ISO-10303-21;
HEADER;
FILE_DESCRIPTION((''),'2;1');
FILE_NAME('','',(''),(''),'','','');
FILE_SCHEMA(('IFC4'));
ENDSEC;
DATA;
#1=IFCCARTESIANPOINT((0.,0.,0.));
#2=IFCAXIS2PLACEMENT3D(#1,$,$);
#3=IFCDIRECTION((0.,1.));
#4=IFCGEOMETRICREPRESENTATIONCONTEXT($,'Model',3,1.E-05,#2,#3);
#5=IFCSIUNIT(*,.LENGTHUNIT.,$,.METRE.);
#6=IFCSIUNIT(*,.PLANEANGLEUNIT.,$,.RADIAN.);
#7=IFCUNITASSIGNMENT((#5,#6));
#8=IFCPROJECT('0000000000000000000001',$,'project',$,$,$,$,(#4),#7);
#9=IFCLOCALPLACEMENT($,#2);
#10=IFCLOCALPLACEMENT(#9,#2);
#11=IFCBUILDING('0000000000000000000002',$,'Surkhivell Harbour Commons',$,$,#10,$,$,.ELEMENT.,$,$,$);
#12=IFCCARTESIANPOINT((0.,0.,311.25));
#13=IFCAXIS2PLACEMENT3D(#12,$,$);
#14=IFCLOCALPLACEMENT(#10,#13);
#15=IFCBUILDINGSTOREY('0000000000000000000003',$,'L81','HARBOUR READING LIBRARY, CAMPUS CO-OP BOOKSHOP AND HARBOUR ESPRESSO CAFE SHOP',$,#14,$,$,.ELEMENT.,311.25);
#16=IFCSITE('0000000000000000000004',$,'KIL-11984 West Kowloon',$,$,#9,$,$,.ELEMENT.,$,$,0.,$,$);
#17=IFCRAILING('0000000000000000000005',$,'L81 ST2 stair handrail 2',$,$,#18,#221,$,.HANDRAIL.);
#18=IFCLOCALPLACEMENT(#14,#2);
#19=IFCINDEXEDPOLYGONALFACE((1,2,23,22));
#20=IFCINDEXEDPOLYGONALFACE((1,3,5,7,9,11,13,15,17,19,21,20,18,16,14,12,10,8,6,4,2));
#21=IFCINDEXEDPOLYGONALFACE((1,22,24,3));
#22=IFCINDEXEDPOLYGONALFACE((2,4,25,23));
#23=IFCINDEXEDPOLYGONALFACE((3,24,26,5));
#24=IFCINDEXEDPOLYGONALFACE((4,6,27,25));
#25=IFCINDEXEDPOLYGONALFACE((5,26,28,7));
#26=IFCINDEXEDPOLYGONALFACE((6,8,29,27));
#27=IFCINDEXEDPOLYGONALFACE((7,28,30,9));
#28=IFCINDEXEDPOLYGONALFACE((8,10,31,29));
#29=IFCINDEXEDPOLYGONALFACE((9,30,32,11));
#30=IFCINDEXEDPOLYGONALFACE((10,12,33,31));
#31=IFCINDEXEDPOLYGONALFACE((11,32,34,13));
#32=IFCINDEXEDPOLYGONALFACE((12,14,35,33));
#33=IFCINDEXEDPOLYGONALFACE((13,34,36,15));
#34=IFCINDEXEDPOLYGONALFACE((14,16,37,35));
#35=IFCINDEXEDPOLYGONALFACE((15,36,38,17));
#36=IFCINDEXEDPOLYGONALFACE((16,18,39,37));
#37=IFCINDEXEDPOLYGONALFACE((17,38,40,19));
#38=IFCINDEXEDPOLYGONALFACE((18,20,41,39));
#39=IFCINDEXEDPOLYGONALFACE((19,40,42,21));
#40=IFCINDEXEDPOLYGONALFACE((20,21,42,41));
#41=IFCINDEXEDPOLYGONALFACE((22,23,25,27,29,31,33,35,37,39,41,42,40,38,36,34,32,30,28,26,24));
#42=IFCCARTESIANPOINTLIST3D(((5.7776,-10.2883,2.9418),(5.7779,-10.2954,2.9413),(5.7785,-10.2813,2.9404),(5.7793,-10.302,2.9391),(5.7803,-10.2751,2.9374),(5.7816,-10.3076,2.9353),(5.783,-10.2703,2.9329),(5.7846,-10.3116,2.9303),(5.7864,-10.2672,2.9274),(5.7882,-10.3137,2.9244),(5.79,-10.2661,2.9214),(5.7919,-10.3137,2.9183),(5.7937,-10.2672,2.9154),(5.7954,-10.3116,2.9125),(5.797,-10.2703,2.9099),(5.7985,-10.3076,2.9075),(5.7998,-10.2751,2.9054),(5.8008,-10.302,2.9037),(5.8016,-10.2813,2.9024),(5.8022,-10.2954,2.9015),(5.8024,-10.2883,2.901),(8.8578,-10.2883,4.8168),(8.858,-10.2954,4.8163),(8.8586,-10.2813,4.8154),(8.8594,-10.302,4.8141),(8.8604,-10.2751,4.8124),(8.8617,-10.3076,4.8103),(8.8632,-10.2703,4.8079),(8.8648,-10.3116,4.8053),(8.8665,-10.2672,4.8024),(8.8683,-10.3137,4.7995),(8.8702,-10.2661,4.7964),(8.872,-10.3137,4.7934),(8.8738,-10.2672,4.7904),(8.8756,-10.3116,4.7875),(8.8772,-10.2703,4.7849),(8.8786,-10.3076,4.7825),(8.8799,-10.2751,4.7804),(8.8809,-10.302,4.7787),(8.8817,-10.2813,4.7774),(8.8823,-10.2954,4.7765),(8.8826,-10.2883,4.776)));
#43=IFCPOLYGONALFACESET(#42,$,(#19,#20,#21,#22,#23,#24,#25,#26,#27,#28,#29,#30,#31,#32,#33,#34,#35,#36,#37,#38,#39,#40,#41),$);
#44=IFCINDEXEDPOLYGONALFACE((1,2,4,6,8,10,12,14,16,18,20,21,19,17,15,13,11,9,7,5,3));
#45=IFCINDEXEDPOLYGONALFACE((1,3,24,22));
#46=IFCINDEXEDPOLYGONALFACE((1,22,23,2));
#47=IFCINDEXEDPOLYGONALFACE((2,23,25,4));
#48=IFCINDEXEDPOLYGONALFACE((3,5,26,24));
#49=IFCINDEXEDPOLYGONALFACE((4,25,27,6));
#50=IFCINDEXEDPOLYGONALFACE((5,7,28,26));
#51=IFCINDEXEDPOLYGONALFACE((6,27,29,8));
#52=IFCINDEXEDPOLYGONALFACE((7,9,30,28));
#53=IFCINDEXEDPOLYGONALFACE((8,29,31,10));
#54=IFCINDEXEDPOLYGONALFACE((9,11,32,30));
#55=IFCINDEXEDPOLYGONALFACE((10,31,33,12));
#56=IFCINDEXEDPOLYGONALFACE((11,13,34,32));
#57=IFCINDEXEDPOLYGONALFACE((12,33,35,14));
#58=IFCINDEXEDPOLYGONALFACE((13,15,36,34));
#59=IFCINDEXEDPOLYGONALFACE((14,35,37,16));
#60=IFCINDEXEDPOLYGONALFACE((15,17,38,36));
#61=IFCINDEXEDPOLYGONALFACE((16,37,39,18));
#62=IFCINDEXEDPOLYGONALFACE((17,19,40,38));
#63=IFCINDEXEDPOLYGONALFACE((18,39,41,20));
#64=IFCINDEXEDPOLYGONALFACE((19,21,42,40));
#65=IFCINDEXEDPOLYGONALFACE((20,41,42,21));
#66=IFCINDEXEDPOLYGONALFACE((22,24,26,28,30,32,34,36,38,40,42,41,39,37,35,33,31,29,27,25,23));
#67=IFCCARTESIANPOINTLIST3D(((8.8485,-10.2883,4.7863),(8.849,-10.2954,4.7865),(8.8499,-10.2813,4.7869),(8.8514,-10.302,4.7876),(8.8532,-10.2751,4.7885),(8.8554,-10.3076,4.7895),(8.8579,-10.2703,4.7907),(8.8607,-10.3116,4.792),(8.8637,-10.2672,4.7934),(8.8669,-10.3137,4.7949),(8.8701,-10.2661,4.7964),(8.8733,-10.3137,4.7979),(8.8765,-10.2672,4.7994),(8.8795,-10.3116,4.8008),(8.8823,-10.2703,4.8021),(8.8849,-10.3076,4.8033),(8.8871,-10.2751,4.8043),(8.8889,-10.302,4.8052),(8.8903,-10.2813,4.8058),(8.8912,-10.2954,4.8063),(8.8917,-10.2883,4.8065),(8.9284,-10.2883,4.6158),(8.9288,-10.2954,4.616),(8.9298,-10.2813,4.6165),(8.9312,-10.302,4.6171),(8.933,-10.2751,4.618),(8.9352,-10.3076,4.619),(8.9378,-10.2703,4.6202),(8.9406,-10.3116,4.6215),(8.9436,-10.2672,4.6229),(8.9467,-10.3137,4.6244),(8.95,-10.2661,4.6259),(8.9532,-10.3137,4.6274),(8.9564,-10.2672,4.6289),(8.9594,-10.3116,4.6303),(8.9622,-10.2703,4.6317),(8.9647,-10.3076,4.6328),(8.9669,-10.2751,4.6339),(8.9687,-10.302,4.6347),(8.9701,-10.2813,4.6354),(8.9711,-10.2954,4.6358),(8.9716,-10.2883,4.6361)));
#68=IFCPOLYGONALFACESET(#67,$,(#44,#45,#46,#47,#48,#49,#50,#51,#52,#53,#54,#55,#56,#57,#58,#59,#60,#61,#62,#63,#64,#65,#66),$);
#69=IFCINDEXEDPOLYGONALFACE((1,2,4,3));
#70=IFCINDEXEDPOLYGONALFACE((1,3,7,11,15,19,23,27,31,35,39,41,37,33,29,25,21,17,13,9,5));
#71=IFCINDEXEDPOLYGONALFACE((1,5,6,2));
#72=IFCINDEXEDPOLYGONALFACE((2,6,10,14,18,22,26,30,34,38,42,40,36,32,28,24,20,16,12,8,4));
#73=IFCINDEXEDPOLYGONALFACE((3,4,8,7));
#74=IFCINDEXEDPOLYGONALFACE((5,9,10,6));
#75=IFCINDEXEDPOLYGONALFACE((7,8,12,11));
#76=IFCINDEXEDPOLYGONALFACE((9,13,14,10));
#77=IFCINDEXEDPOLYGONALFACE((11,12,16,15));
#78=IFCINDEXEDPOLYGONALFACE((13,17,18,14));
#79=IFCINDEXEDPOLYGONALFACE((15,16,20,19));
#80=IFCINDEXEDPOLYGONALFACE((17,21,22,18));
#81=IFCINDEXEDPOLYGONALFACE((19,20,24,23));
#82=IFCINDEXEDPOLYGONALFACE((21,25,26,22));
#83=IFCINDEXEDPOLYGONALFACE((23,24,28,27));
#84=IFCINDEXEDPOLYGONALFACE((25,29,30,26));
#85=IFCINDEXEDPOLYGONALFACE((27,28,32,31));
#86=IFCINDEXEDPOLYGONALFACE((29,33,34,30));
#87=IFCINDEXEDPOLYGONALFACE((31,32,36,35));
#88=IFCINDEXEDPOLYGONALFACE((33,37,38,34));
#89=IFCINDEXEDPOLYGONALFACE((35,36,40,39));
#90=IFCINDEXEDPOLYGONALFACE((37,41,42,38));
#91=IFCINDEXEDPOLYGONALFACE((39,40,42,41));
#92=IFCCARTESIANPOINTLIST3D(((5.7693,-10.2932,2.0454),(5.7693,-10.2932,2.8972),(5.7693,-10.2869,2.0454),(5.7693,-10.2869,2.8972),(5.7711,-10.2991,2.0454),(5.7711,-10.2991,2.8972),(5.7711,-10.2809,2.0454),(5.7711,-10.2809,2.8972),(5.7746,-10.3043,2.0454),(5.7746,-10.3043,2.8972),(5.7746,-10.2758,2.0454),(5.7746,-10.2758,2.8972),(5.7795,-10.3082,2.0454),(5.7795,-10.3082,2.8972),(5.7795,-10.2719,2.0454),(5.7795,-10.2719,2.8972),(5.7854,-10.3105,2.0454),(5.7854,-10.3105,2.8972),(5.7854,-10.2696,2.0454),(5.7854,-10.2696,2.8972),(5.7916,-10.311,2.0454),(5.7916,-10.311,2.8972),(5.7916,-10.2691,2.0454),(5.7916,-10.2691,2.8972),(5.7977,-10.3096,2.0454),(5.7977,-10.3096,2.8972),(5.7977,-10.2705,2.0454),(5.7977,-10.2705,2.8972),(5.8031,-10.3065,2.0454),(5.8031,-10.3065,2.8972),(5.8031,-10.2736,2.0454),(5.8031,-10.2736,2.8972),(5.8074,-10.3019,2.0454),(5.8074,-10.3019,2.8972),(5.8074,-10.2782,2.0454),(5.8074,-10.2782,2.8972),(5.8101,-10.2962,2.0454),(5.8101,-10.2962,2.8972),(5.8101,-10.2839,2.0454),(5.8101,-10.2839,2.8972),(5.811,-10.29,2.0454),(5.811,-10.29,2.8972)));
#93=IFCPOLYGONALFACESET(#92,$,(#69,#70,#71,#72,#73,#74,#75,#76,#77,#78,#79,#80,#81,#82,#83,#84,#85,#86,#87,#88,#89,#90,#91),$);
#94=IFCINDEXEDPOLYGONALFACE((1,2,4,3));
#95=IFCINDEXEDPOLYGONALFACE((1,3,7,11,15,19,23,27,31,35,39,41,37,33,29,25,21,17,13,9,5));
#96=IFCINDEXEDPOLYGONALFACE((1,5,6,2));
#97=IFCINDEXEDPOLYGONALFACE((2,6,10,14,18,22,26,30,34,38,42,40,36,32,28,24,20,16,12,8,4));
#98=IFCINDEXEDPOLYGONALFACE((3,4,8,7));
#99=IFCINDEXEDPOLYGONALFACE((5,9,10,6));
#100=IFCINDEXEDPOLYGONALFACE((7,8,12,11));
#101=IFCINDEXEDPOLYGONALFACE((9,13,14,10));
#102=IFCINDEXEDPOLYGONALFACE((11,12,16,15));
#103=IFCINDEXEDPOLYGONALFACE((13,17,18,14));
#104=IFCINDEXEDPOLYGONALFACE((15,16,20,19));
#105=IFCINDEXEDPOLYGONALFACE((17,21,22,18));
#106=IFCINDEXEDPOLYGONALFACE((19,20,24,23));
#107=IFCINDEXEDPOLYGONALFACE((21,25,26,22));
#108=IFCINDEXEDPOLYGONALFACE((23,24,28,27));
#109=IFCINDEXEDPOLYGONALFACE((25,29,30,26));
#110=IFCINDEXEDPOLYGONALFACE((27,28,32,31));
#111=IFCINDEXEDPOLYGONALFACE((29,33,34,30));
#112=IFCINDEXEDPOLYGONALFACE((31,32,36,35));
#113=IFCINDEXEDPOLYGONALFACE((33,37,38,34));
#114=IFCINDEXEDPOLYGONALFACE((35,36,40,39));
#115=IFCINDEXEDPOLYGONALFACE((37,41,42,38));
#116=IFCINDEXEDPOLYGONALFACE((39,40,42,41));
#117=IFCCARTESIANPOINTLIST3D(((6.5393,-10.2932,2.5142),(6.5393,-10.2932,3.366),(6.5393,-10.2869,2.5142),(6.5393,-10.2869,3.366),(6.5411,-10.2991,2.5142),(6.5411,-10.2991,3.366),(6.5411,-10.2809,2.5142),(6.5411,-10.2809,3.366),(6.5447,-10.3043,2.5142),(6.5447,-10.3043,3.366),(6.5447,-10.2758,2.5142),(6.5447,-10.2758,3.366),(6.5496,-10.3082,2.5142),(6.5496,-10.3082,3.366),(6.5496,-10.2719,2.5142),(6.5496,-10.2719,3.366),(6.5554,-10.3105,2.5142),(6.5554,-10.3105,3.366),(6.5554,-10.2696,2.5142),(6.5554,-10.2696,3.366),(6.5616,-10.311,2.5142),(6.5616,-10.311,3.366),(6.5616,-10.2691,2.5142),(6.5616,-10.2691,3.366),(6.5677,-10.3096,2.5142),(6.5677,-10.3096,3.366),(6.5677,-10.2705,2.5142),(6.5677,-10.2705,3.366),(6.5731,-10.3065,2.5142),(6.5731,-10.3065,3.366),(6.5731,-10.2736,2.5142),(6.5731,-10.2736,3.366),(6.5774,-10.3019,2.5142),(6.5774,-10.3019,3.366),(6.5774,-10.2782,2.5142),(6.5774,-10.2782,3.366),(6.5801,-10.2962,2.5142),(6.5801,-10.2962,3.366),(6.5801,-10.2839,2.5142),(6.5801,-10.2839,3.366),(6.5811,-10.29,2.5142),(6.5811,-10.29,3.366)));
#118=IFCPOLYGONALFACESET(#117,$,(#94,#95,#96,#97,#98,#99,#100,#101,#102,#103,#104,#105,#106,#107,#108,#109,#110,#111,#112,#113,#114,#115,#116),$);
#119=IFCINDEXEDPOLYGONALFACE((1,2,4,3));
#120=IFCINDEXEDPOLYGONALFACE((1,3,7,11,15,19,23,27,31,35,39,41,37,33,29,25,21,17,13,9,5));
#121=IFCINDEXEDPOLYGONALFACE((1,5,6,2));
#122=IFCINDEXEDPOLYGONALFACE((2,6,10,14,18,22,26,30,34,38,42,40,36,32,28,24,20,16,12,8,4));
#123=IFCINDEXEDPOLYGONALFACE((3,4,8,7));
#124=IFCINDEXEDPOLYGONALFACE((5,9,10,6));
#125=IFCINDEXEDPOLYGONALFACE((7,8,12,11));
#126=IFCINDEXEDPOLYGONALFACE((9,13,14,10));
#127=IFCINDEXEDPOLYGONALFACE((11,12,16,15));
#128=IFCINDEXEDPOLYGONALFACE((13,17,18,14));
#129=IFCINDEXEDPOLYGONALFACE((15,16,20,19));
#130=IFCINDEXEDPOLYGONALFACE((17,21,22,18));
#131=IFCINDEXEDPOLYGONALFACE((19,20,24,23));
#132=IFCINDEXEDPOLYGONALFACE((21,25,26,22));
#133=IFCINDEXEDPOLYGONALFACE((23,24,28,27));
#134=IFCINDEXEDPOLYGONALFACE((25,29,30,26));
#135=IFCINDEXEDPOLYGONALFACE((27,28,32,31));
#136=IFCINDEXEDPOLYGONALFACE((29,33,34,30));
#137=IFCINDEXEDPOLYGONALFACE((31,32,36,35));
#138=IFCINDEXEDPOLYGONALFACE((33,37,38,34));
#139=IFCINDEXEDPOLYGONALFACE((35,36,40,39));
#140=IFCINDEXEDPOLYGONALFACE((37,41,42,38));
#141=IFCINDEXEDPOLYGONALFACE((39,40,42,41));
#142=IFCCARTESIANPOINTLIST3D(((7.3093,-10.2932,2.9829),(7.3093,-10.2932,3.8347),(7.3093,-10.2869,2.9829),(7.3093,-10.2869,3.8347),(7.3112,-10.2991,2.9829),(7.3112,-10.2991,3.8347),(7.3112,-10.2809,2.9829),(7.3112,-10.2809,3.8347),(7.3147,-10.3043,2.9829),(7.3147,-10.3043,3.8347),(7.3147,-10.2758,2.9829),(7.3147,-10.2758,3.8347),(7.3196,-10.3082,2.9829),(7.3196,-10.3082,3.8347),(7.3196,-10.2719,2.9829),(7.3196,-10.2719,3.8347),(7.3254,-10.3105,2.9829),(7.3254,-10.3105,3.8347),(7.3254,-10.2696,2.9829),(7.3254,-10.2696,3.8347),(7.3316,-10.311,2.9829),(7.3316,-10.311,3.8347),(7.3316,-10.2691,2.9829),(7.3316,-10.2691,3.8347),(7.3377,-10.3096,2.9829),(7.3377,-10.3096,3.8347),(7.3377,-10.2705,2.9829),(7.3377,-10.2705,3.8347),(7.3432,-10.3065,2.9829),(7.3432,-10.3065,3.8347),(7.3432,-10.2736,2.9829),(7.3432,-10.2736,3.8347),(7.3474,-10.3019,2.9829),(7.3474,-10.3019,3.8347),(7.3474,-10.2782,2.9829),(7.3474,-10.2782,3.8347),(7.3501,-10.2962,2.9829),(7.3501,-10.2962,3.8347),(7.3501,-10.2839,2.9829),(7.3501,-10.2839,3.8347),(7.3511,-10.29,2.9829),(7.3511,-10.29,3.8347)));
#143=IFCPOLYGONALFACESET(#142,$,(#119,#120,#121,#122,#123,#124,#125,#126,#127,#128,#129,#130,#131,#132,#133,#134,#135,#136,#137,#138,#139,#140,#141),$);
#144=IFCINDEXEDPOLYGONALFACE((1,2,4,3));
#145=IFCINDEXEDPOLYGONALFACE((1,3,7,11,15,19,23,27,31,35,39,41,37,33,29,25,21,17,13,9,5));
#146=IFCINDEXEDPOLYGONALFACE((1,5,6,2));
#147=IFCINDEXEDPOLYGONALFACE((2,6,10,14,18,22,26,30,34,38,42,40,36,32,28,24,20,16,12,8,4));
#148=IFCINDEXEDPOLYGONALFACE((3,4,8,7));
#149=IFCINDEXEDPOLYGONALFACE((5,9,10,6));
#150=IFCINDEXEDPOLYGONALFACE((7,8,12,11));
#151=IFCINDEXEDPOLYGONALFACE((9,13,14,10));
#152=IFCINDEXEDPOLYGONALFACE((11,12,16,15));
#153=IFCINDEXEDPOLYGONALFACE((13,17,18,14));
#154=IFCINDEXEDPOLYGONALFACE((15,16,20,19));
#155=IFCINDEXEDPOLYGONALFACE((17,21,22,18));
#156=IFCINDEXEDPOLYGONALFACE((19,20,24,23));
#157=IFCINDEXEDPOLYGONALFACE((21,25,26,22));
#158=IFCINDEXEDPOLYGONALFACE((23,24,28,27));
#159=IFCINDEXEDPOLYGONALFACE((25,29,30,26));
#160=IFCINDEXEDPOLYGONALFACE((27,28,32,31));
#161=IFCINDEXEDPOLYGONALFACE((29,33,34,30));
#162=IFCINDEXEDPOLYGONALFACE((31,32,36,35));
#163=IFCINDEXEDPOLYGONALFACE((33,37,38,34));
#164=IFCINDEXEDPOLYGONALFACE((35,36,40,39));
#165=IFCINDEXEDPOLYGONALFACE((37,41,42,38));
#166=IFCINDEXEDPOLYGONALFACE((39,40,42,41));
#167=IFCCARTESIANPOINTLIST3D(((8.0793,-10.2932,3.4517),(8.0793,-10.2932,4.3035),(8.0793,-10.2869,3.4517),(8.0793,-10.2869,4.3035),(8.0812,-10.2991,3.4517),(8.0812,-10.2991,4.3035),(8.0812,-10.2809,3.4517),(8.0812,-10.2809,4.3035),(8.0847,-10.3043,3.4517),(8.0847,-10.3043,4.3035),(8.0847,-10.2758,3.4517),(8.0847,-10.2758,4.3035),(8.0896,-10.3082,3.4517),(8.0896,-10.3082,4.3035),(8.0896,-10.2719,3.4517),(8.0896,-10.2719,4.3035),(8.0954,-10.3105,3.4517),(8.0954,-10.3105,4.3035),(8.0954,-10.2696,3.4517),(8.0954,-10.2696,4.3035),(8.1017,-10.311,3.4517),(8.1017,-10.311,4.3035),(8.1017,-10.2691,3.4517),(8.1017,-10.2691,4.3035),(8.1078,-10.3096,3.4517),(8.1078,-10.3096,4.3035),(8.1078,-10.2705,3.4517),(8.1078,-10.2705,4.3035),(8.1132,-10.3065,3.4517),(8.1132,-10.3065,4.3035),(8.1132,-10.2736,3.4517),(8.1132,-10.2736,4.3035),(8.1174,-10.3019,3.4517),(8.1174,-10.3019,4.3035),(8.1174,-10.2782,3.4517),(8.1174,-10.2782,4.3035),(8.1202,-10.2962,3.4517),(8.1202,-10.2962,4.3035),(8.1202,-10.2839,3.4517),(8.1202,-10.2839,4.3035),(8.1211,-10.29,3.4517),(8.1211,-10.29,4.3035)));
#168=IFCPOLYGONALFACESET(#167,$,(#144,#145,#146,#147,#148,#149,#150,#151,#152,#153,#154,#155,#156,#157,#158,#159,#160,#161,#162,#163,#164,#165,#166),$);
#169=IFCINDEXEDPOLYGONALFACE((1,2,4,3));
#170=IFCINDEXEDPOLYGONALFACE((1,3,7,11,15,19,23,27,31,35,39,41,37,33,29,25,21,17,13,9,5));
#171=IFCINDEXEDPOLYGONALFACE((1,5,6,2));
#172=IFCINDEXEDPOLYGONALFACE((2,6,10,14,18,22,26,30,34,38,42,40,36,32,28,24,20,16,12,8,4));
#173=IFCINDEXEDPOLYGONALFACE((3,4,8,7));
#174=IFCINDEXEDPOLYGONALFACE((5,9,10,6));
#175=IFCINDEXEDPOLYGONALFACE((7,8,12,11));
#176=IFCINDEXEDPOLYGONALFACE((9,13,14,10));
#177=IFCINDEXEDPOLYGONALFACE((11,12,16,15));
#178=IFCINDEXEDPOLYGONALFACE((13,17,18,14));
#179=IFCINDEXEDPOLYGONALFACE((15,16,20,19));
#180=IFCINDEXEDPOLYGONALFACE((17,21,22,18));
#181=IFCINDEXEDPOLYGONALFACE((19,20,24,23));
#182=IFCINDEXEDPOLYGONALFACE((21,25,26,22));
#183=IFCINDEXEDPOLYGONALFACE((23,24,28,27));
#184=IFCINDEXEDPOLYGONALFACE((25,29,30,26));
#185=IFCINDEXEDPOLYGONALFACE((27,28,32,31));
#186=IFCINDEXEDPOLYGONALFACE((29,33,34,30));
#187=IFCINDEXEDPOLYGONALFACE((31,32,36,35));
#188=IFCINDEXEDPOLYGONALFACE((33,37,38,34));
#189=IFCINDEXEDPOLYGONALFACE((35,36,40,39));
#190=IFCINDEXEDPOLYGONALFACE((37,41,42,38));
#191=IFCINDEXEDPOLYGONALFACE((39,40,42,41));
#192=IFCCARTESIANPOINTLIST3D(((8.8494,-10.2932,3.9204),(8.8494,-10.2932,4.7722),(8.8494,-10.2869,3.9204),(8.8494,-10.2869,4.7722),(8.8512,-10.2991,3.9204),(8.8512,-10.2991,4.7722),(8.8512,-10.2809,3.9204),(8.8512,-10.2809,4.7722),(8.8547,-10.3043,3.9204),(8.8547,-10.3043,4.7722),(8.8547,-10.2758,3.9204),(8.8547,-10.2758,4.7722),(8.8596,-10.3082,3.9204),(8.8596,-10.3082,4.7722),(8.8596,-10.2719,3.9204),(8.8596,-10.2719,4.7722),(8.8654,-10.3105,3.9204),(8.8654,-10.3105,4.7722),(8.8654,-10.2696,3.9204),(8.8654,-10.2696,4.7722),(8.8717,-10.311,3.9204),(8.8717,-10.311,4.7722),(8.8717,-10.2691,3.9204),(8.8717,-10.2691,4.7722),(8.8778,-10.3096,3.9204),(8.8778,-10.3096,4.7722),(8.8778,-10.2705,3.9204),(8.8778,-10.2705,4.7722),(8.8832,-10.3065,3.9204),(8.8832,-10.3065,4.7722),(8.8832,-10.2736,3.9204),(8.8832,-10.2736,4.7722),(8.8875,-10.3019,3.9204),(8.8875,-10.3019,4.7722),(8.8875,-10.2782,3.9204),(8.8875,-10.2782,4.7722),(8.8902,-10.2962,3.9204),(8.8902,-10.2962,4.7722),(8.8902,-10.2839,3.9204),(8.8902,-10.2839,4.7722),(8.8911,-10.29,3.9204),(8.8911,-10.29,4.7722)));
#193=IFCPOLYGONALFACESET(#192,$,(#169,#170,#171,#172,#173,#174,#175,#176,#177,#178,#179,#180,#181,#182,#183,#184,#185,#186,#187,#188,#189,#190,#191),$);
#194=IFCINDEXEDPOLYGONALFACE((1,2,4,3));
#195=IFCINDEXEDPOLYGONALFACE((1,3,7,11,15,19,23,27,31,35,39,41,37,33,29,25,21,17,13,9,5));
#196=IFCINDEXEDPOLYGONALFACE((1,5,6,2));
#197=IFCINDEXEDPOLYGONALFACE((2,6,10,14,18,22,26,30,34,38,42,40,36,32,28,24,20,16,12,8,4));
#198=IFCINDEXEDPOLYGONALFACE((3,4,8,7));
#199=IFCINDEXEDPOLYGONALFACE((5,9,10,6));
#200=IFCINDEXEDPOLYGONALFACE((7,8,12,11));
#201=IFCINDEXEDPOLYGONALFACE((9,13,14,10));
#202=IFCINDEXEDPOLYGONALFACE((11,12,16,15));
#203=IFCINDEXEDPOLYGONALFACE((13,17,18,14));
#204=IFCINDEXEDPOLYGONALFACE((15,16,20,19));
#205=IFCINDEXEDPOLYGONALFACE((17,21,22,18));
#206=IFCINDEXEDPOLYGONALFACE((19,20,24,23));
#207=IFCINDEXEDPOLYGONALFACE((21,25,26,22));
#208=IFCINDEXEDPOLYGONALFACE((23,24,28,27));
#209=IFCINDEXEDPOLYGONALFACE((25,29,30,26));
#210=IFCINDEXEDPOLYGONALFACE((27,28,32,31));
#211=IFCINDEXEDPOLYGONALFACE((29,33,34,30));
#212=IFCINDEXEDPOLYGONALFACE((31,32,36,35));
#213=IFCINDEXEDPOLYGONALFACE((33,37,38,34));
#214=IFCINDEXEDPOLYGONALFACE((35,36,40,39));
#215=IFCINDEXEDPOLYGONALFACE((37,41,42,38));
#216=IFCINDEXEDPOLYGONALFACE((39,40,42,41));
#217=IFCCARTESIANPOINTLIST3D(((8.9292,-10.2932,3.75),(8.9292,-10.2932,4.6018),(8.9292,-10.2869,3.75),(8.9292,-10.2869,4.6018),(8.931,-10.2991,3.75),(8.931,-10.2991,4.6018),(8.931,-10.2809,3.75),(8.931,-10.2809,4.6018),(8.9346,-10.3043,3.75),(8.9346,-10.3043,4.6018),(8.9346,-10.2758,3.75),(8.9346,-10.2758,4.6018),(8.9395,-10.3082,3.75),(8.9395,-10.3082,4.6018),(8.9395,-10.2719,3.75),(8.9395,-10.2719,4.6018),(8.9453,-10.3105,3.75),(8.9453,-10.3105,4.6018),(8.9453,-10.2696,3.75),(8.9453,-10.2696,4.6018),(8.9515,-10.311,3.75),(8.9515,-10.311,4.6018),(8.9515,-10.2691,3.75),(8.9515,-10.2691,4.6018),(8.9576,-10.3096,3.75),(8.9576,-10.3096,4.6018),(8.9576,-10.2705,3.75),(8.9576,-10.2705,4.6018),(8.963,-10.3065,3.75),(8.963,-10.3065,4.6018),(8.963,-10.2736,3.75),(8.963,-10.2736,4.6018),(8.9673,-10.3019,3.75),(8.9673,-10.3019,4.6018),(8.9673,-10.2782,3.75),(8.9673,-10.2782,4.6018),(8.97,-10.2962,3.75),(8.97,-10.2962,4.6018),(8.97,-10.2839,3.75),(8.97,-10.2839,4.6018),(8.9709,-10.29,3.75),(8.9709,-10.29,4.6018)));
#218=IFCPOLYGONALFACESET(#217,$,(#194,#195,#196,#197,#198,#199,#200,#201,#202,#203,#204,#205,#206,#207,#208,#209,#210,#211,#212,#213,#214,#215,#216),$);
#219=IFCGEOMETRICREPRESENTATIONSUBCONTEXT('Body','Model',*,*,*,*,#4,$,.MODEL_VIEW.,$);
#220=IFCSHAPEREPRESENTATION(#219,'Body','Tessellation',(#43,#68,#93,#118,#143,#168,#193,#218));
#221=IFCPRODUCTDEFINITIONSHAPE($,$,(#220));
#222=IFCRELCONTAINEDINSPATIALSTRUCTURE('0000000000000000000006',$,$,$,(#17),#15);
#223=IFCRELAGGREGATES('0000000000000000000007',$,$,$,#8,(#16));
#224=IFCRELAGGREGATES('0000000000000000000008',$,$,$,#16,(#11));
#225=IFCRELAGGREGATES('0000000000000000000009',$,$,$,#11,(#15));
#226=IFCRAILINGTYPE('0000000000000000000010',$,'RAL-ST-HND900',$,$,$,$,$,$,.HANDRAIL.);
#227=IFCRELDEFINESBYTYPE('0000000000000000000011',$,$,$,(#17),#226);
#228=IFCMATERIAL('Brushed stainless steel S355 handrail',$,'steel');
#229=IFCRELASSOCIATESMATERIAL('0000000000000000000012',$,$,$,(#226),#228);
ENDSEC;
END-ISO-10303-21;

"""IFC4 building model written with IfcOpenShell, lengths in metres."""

from ifc_helpers import new_model, si_unit, direction, frame, origin, origin_2d, place, context, subcontext, project, spatial, circle, extrude, material, type_object, element, save


model = new_model("IFC4")

# Units and contexts
model_context = context("Model", 3, precision=1e-05, world=origin(), true_north=direction((0.0, 1.0)))
body_context = subcontext(model_context, "Body", "Model", "MODEL_VIEW")
ifc_project = project(units=[si_unit("LENGTHUNIT", "METRE"), si_unit("PLANEANGLEUNIT", "RADIAN")], contexts=[model_context])

# Site, building, storey
site_placement = place(None, origin())
site = spatial("IfcSite", under=ifc_project, at=site_placement, Name="KIL-11984 West Kowloon", CompositionType="ELEMENT", RefElevation=0.0)
building_placement = place(site_placement, origin())
building = spatial("IfcBuilding", under=site, at=building_placement, Name="Surkhivell Harbour Commons", CompositionType="ELEMENT")
storey_placement = place(building_placement, frame((0.0, 0.0, 311.25)))
storey = spatial("IfcBuildingStorey", under=building, at=storey_placement, Name="L81", Description="HARBOUR READING LIBRARY, CAMPUS CO-OP BOOKSHOP AND HARBOUR ESPRESSO CAFE SHOP", CompositionType="ELEMENT", Elevation=311.25)

# Railing
ifc_material_1 = material(Name="Brushed stainless steel S355 handrail", Category="steel")
railing_type_1 = type_object("IfcRailingType", Name="RAL-ST-HND900", PredefinedType="HANDRAIL", material=ifc_material_1)
railing_1_placement = place(storey_placement, frame((5.79, -10.29, 2.0454)))
element("IfcRailing", 1, at=railing_1_placement, inside=storey, type_object=railing_type_1, Name="L81 ST2 stair handrail 2", PredefinedType="HANDRAIL", context=body_context, shape_type="SweptSolid", body=[
    extrude(circle(Radius=0.0239, at=origin_2d()), frame((0.0, 0.0, 0.876), z_axis=(0.854178, 0.0, 0.519981), x_axis=(0.0, 1.0, 0.0)), (0.0, 0.0, 1.0), 3.606),
    extrude(circle(Radius=0.0239, at=origin_2d()), frame((3.0801, 0.0, 2.751), z_axis=(0.424234, 0.0, -0.905552), x_axis=(0.0, 1.0, 0.0)), (0.0, 0.0, 1.0), 0.1882),
    extrude(circle(Radius=0.021, at=origin_2d()), origin(), (0.0, 0.0, 1.0), 0.8518),
    extrude(circle(Radius=0.021, at=origin_2d()), frame((0.77, 0.0, 0.4688)), (0.0, 0.0, 1.0), 0.8518),
    extrude(circle(Radius=0.021, at=origin_2d()), frame((1.54, 0.0, 0.9375)), (0.0, 0.0, 1.0), 0.8518),
    extrude(circle(Radius=0.021, at=origin_2d()), frame((2.3101, 0.0, 1.4062)), (0.0, 0.0, 1.0), 0.8518),
    extrude(circle(Radius=0.021, at=origin_2d()), frame((3.0801, 0.0, 1.875)), (0.0, 0.0, 1.0), 0.8518),
    extrude(circle(Radius=0.021, at=origin_2d()), frame((3.1599, 0.0, 1.7046)), (0.0, 0.0, 1.0), 0.8518),
])

save(model, "model.ifc")
